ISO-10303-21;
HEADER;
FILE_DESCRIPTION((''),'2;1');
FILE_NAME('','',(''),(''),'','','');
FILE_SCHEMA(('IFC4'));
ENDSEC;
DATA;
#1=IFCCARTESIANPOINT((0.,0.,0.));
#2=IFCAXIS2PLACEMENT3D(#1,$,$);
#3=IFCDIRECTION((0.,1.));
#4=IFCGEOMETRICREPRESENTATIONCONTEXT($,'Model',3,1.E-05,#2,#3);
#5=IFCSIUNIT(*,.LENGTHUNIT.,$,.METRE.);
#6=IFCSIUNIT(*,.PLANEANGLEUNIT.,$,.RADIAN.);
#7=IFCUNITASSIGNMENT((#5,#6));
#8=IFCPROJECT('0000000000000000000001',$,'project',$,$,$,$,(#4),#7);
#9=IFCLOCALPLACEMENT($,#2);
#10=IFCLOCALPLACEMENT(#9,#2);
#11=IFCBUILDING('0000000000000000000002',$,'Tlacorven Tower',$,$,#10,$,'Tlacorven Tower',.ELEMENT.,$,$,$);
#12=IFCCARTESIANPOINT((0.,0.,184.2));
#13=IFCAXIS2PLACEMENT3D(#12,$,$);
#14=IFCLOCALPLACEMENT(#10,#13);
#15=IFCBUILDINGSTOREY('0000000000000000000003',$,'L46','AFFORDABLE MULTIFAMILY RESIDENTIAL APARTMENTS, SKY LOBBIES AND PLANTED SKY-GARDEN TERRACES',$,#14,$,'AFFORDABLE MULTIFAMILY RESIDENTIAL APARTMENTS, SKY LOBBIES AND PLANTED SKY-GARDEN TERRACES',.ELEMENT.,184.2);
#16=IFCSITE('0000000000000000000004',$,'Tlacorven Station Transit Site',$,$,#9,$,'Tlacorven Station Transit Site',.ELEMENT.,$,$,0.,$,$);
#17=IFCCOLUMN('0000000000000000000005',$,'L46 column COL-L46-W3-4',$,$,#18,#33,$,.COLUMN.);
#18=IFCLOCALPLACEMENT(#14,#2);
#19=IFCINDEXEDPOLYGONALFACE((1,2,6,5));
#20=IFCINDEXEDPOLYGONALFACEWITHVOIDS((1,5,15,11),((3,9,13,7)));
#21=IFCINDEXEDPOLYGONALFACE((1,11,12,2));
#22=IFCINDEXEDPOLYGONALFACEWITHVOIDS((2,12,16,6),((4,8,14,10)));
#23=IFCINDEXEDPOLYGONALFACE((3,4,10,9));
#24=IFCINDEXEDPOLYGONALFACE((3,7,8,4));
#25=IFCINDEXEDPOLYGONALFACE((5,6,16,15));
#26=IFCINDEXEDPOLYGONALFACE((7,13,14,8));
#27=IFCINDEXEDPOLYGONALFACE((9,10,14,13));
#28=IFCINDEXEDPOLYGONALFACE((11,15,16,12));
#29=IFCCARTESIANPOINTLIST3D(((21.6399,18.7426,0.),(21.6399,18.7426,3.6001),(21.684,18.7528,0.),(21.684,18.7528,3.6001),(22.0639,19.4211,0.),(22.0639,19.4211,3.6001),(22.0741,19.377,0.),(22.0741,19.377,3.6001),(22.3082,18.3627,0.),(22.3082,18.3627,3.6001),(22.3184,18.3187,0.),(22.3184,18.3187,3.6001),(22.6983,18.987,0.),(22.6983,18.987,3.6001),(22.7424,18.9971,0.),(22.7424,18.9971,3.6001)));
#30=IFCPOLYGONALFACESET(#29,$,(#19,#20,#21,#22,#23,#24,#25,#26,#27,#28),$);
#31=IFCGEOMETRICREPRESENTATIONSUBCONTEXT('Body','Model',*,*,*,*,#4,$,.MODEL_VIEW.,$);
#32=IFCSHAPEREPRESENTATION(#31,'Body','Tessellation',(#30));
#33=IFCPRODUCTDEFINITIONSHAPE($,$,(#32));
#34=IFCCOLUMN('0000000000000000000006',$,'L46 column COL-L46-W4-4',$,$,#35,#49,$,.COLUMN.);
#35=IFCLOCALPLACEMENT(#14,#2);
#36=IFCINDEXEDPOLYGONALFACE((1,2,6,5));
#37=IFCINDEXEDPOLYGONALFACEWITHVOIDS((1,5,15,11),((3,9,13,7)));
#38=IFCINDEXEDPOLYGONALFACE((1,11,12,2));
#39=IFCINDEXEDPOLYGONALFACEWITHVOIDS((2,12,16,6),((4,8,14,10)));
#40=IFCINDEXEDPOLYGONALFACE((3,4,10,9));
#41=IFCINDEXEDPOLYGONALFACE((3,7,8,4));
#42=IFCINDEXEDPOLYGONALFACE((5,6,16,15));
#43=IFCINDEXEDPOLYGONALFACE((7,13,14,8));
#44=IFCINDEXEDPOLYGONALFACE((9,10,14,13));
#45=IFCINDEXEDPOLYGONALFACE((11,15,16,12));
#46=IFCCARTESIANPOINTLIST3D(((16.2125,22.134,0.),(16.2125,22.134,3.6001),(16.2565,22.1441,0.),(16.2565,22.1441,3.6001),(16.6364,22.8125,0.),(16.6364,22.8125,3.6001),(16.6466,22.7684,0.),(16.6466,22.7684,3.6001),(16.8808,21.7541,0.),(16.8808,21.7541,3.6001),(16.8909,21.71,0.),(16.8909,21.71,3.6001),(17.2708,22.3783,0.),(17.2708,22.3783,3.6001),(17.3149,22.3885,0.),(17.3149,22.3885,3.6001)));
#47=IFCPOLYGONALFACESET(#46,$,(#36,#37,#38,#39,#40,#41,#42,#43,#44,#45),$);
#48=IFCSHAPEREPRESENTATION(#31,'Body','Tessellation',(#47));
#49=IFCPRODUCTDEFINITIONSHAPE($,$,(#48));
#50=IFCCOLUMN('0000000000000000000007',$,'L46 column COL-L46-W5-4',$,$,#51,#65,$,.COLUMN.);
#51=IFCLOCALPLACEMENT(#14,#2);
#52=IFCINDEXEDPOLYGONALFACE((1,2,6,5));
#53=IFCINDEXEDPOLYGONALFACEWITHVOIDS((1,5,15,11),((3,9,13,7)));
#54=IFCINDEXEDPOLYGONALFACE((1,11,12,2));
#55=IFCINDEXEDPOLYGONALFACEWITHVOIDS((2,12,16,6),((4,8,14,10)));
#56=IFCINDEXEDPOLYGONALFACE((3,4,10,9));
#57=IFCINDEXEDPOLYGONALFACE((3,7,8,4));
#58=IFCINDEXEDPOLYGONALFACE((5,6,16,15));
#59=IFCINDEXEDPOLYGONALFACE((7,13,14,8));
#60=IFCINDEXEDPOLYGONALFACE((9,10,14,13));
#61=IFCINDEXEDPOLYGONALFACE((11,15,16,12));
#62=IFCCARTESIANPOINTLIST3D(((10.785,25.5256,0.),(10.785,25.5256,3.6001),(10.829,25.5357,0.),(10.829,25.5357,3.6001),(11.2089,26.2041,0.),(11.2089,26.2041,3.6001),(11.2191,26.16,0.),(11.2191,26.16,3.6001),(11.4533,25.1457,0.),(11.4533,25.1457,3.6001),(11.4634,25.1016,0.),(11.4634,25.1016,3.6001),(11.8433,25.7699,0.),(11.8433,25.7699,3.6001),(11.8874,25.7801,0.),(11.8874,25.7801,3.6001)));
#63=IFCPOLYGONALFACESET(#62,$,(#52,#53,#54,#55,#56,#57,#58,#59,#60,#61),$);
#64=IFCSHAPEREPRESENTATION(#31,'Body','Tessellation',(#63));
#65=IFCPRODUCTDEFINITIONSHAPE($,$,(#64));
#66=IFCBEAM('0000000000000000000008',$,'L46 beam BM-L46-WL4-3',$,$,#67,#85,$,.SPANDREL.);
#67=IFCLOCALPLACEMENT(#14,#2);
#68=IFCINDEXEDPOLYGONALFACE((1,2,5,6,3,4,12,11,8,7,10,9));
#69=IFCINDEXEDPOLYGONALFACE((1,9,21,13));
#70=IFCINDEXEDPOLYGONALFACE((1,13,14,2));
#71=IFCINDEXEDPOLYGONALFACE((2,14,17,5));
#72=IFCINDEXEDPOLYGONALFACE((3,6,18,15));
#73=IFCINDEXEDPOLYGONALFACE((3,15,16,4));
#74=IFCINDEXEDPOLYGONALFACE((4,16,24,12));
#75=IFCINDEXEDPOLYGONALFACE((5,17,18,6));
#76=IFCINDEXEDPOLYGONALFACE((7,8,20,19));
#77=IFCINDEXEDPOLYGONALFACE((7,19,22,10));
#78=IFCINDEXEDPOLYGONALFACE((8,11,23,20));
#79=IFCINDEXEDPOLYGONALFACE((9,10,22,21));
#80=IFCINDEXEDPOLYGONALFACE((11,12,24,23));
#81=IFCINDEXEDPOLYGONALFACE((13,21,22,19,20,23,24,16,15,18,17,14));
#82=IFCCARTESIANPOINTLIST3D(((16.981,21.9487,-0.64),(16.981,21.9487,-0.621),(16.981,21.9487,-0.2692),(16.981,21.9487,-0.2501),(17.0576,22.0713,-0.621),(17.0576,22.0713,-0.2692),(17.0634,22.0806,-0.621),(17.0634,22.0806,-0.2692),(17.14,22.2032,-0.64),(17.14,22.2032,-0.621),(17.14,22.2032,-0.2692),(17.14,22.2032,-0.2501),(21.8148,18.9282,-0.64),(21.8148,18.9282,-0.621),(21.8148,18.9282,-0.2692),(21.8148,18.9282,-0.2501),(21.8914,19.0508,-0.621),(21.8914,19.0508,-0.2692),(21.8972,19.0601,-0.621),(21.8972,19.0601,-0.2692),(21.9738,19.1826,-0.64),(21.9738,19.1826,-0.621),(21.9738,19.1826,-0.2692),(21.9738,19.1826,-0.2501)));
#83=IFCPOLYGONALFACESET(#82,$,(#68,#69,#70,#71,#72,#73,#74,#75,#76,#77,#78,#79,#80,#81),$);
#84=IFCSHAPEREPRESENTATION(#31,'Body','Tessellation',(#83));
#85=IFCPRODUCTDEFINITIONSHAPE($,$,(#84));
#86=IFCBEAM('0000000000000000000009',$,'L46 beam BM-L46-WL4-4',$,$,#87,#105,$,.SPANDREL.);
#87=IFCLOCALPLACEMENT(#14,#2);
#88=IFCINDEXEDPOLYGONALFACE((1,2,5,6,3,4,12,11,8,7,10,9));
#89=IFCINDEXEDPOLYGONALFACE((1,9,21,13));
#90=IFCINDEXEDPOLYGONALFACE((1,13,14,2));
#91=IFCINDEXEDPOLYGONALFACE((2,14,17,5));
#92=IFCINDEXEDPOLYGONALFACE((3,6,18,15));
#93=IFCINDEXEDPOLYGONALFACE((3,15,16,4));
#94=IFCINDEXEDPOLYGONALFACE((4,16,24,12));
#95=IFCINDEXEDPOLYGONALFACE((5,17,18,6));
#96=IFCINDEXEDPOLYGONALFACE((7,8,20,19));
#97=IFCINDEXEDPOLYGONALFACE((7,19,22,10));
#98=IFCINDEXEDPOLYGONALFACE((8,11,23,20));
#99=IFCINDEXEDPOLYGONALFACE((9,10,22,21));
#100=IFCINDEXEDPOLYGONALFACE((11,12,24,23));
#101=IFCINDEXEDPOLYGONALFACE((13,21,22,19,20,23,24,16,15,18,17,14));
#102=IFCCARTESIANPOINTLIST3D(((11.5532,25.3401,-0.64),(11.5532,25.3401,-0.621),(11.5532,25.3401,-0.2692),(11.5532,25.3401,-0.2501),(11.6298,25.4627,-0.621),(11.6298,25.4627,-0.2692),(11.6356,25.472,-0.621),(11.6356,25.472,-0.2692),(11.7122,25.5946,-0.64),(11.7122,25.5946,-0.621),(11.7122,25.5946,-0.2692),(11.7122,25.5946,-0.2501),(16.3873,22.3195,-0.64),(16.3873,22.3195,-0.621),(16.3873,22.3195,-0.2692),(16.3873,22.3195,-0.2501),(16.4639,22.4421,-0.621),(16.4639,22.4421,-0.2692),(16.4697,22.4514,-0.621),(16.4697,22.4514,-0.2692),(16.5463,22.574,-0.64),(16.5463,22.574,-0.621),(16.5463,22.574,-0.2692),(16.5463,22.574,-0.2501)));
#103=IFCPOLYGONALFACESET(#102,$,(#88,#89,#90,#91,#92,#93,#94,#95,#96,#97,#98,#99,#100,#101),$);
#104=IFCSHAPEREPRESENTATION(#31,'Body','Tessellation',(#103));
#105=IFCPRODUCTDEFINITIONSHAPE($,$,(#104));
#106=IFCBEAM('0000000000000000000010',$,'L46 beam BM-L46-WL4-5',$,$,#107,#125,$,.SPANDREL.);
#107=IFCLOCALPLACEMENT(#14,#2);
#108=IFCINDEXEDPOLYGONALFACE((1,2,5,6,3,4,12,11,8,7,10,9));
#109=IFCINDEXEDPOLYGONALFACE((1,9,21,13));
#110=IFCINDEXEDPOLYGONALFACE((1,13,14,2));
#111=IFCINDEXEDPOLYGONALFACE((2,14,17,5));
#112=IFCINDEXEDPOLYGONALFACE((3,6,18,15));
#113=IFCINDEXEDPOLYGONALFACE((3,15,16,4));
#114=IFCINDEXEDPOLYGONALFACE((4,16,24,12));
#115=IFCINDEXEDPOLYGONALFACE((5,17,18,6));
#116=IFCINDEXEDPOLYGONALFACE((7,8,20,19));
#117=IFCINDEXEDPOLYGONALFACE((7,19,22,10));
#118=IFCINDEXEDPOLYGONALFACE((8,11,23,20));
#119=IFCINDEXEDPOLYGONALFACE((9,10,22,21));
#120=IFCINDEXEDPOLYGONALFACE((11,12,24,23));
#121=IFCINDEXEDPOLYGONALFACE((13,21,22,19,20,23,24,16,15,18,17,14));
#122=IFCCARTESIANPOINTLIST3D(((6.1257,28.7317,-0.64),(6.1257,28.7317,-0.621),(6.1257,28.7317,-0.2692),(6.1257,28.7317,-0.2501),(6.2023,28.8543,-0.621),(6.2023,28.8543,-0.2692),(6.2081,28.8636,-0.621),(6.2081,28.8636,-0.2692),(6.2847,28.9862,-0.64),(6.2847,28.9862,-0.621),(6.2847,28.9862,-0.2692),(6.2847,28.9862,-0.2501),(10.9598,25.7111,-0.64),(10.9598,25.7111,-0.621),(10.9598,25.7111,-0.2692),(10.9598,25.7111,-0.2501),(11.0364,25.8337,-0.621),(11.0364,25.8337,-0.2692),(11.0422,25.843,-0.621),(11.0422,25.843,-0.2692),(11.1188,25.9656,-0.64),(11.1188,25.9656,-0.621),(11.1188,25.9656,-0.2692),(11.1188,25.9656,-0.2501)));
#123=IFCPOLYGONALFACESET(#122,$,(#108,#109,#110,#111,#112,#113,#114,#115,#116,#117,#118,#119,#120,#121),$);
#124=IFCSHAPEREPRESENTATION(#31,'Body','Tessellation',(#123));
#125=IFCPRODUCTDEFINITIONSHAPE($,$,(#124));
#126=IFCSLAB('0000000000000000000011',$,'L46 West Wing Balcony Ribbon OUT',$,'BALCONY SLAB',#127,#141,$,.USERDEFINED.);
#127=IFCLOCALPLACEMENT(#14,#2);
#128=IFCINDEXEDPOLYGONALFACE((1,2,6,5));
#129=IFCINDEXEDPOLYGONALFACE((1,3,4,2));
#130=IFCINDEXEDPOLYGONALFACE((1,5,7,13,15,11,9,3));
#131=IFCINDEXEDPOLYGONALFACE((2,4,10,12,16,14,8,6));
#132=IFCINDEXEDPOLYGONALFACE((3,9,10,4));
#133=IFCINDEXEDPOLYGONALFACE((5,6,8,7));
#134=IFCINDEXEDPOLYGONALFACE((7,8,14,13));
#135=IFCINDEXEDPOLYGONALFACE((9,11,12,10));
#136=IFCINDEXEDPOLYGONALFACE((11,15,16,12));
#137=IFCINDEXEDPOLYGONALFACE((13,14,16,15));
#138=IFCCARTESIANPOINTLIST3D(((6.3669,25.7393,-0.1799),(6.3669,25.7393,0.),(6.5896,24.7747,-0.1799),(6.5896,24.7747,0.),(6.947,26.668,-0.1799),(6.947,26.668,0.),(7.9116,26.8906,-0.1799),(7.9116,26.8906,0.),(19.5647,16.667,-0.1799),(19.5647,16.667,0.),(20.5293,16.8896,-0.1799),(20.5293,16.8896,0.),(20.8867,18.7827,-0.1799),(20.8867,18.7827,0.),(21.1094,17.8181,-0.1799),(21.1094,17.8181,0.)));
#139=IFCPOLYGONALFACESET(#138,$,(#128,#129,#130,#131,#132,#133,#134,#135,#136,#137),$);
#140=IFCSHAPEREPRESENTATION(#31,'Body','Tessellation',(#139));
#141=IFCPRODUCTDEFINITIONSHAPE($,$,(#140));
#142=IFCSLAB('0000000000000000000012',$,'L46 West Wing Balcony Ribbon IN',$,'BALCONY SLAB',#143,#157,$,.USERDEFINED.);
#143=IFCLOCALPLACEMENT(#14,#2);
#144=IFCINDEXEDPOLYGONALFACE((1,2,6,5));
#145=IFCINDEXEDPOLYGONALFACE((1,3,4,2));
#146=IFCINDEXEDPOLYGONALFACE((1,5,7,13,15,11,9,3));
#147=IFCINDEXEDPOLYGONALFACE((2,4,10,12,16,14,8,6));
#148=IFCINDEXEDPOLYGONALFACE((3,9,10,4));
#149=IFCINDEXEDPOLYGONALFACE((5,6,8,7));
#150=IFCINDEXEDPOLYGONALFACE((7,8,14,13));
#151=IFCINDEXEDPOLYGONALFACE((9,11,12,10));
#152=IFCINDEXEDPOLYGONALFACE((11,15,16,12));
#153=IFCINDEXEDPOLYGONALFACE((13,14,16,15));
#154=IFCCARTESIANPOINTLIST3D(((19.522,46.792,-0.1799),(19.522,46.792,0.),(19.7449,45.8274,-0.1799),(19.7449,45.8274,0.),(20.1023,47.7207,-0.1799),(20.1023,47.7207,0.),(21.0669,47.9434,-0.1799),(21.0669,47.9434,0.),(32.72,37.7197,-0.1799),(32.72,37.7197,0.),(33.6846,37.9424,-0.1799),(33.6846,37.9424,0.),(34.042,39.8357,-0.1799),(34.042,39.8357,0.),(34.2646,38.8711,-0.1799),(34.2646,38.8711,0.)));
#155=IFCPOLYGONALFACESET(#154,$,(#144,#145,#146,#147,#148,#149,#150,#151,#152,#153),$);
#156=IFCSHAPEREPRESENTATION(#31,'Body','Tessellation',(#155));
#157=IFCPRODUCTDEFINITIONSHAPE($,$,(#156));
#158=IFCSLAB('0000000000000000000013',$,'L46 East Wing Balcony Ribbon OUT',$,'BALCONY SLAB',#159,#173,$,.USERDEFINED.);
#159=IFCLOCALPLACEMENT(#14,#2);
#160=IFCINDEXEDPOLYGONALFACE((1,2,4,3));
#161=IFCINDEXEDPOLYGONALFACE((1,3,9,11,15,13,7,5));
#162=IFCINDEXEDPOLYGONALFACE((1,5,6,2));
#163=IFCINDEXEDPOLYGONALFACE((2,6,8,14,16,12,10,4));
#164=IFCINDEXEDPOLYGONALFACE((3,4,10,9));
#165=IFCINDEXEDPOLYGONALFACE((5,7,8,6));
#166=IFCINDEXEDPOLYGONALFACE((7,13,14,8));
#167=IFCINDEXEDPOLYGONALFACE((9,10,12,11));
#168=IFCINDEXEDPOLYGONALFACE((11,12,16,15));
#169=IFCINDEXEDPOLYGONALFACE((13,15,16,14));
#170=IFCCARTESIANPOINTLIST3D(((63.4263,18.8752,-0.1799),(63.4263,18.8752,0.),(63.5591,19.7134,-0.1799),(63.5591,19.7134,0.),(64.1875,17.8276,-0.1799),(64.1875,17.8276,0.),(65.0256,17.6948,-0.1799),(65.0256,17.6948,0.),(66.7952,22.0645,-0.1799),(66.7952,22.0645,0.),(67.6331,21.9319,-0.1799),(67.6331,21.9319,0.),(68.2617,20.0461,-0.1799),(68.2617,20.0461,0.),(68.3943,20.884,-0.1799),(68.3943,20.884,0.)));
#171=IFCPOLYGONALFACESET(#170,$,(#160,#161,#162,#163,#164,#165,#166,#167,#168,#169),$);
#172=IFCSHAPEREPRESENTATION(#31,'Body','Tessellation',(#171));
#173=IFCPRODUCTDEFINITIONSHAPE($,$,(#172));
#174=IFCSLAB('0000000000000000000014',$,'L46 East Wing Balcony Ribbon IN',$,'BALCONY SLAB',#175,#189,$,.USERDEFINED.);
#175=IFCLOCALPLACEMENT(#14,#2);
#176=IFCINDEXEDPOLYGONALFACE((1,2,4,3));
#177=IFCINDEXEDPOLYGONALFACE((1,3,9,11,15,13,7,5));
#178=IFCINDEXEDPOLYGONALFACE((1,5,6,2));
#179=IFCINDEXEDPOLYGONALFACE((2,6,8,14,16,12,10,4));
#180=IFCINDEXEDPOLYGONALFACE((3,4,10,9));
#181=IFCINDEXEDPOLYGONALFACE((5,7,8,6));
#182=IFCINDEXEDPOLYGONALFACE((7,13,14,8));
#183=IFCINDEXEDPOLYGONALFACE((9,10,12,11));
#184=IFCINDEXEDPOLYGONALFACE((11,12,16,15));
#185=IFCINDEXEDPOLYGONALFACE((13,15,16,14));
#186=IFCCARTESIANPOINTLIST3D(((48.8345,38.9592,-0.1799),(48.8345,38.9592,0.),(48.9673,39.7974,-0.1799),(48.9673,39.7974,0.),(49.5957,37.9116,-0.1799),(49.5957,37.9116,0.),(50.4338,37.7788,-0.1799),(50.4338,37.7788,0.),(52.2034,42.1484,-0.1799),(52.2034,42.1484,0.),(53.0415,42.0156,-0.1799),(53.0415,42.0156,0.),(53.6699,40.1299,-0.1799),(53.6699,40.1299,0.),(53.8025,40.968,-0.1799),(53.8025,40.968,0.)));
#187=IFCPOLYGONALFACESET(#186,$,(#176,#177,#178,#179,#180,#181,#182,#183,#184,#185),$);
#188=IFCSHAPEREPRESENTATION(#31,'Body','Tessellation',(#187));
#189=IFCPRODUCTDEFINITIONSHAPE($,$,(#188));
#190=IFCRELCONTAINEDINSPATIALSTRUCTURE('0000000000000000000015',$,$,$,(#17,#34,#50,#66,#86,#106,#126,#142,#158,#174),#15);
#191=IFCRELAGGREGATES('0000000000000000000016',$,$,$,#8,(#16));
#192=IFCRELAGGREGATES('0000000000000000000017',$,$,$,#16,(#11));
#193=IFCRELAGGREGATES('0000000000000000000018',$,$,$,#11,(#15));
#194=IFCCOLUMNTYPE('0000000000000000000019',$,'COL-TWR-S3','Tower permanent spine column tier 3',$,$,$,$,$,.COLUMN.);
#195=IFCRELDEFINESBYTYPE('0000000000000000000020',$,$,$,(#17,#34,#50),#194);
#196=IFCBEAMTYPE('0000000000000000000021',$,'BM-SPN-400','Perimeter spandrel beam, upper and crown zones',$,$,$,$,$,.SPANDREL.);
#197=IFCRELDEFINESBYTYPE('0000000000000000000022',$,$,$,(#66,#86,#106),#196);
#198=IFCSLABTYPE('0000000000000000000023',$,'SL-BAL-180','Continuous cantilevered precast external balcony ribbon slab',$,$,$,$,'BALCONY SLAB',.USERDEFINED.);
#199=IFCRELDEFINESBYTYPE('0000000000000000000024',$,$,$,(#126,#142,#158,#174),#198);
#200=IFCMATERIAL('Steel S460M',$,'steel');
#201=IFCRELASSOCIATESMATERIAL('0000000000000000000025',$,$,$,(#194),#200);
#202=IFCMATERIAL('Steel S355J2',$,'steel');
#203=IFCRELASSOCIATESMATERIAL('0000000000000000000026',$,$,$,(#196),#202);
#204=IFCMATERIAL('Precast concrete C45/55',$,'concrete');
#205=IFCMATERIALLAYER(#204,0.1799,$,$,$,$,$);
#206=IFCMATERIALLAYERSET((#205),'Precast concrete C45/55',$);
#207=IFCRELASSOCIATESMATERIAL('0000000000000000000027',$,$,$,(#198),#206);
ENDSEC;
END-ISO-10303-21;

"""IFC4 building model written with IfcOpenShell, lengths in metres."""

from ifc_helpers import new_model, si_unit, direction, frame, origin, origin_2d, place, context, subcontext, project, spatial, polyline, hollow_rectangle, i_section, outline, extrude, source, transform, mapped, material, layer, layer_set, material_profile, profile_set, type_object, element, save


model = new_model("IFC4")

# Units and contexts
model_context = context("Model", 3, precision=1e-05, world=origin(), true_north=direction((0.0, 1.0)))
body_context = subcontext(model_context, "Body", "Model", "MODEL_VIEW")
ifc_project = project(units=[si_unit("LENGTHUNIT", "METRE"), si_unit("PLANEANGLEUNIT", "RADIAN")], contexts=[model_context])

# Site, building, storey
site_placement = place(None, origin())
site = spatial("IfcSite", under=ifc_project, at=site_placement, Name="Tlacorven Station Transit Site", LongName="Tlacorven Station Transit Site", CompositionType="ELEMENT", RefElevation=0.0)
building_placement = place(site_placement, origin())
building = spatial("IfcBuilding", under=site, at=building_placement, Name="Tlacorven Tower", LongName="Tlacorven Tower", CompositionType="ELEMENT")
storey_placement = place(building_placement, frame((0.0, 0.0, 184.2)))
storey = spatial("IfcBuildingStorey", under=building, at=storey_placement, Name="L46", Description="AFFORDABLE MULTIFAMILY RESIDENTIAL APARTMENTS, SKY LOBBIES AND PLANTED SKY-GARDEN TERRACES", LongName="AFFORDABLE MULTIFAMILY RESIDENTIAL APARTMENTS, SKY LOBBIES AND PLANTED SKY-GARDEN TERRACES", CompositionType="ELEMENT", Elevation=184.2)

# Columns
ifc_material_1 = material(Name="Steel S460M", Category="steel")
ifc_material_profile_1 = material_profile(ifc_material_1, hollow_rectangle(XDim=0.8, YDim=0.8, WallThickness=0.032, at=origin_2d()), Name="BOX 800X800X32")
ifc_profile_set_1 = profile_set([ifc_material_profile_1], Name="Steel S460M")
column_type = type_object("IfcColumnType", Name="COL-TWR-S3", Description="Tower permanent spine column tier 3", PredefinedType="COLUMN", material=ifc_profile_set_1)
shared_shape_1 = source(origin(), body_context, "Body", "SweptSolid", [
    extrude(hollow_rectangle(XDim=0.8, YDim=0.8, WallThickness=0.032, at=origin_2d()), origin(), (0.0, 0.0, 1.0), 3.6001),
])
for number, where, z_axis, x_axis, name in (
    (1, (22.1912, 18.8699, 0.0), (0.0, 0.0, 1.0), (-0.848048, 0.529919, 0.0), "L46 column COL-L46-W3-4"),
    (2, (16.7637, 22.2612, 0.0), (0.0, 0.0, 1.0), (-0.848048, 0.529919, 0.0), "L46 column COL-L46-W4-4"),
    (3, (11.3362, 25.6528, 0.0), (0.0, 0.0, 1.0), (-0.848048, 0.529919, 0.0), "L46 column COL-L46-W5-4"),
):
    element("IfcColumn", number, at=place(storey_placement, frame(where, z_axis=z_axis, x_axis=x_axis)), inside=storey, type_object=column_type, Name=name, PredefinedType="COLUMN", context=body_context, shape_type="MappedRepresentation", body=[
        mapped(shared_shape_1, transform((0.0, 0.0, 0.0), scale=1.0)),
    ])

# Beams
ifc_material_2 = material(Name="Steel S355J2", Category="steel")
ifc_material_profile_2 = material_profile(ifc_material_2, i_section(OverallWidth=0.3, OverallDepth=0.3899, WebThickness=0.011, FlangeThickness=0.019, at=origin_2d()), Name="HEA 400")
ifc_profile_set_2 = profile_set([ifc_material_profile_2], Name="Steel S355J2")
beam_type = type_object("IfcBeamType", Name="BM-SPN-400", Description="Perimeter spandrel beam, upper and crown zones", PredefinedType="SPANDREL", material=ifc_profile_set_2)
shared_shape_2 = source(origin(), body_context, "Body", "SweptSolid", [
    extrude(i_section(OverallWidth=0.3, OverallDepth=0.3899, WebThickness=0.011, FlangeThickness=0.019, at=origin_2d()), origin(), (0.0, 0.0, 1.0), 5.7),
])
beam_placement = place(storey_placement, frame((21.8943, 19.0554, -0.4451), z_axis=(-0.848044, 0.529926, 0.0), x_axis=(-0.529926, -0.848044, 0.0)))
element("IfcBeam", 4, at=beam_placement, inside=storey, type_object=beam_type, Name="L46 beam BM-L46-WL4-3", PredefinedType="SPANDREL", context=body_context, shape_type="MappedRepresentation", body=[
    mapped(shared_shape_2, transform((0.0, 0.0, 0.0), scale=1.0)),
])
shared_shape_3 = source(origin(), body_context, "Body", "SweptSolid", [
    extrude(i_section(OverallWidth=0.3, OverallDepth=0.3899, WebThickness=0.011, FlangeThickness=0.019, at=origin_2d()), origin(), (0.0, 0.0, 1.0), 5.7002),
])
for number, where, z_axis, x_axis, name in (
    (5, (16.4668, 22.4468, -0.4451), (-0.848056, 0.529907, 0.0), (-0.529907, -0.848056, 0.0), "L46 beam BM-L46-WL4-4"),
    (6, (11.0393, 25.8384, -0.4451), (-0.848056, 0.529907, 0.0), (-0.529907, -0.848056, 0.0), "L46 beam BM-L46-WL4-5"),
):
    element("IfcBeam", number, at=place(storey_placement, frame(where, z_axis=z_axis, x_axis=x_axis)), inside=storey, type_object=beam_type, Name=name, PredefinedType="SPANDREL", context=body_context, shape_type="MappedRepresentation", body=[
        mapped(shared_shape_3, transform((0.0, 0.0, 0.0), scale=1.0)),
    ])

# Slabs
ifc_material_3 = material(Name="Precast concrete C45/55", Category="concrete")
ifc_layer_1 = layer(ifc_material_3, 0.1799)
ifc_layer_set_1 = layer_set([ifc_layer_1], Name="Precast concrete C45/55")
slab_type_1 = type_object("IfcSlabType", Name="SL-BAL-180", Description="Continuous cantilevered precast external balcony ribbon slab", ElementType="BALCONY SLAB", PredefinedType="USERDEFINED", material=ifc_layer_set_1)
slab_1_placement = place(storey_placement, frame((0.0, 0.0, -0.1799)))
element("IfcSlab", 7, at=slab_1_placement, inside=storey, type_object=slab_type_1, Name="L46 West Wing Balcony Ribbon OUT", ObjectType="BALCONY SLAB", PredefinedType="USERDEFINED", context=body_context, shape_type="SweptSolid", body=[
    extrude(outline(polyline([(20.8867, 18.7827), (7.9116, 26.8906), (6.947, 26.668), (6.3669, 25.7393), (6.5896, 24.7747), (19.5647, 16.667), (20.5293, 16.8896), (21.1094, 17.8181), (20.8867, 18.7827)])), origin(), (0.0, 0.0, 1.0), 0.1799),
])
slab_2_placement = place(storey_placement, frame((0.0, 0.0, -0.1799)))
element("IfcSlab", 8, at=slab_2_placement, inside=storey, type_object=slab_type_1, Name="L46 West Wing Balcony Ribbon IN", ObjectType="BALCONY SLAB", PredefinedType="USERDEFINED", context=body_context, shape_type="SweptSolid", body=[
    extrude(outline(polyline([(34.042, 39.8357), (21.0669, 47.9434), (20.1023, 47.7207), (19.522, 46.792), (19.7449, 45.8274), (32.72, 37.7197), (33.6846, 37.9424), (34.2646, 38.8711), (34.042, 39.8357)])), origin(), (0.0, 0.0, 1.0), 0.1799),
])
slab_3_placement = place(storey_placement, frame((0.0, 0.0, -0.1799)))
element("IfcSlab", 9, at=slab_3_placement, inside=storey, type_object=slab_type_1, Name="L46 East Wing Balcony Ribbon OUT", ObjectType="BALCONY SLAB", PredefinedType="USERDEFINED", context=body_context, shape_type="SweptSolid", body=[
    extrude(outline(polyline([(65.0256, 17.6948), (68.2617, 20.0461), (68.3943, 20.884), (67.6331, 21.9319), (66.7952, 22.0645), (63.5591, 19.7134), (63.4263, 18.8752), (64.1875, 17.8276), (65.0256, 17.6948)])), origin(), (0.0, 0.0, 1.0), 0.1799),
])
slab_4_placement = place(storey_placement, frame((0.0, 0.0, -0.1799)))
element("IfcSlab", 10, at=slab_4_placement, inside=storey, type_object=slab_type_1, Name="L46 East Wing Balcony Ribbon IN", ObjectType="BALCONY SLAB", PredefinedType="USERDEFINED", context=body_context, shape_type="SweptSolid", body=[
    extrude(outline(polyline([(50.4338, 37.7788), (53.6699, 40.1299), (53.8025, 40.968), (53.0415, 42.0156), (52.2034, 42.1484), (48.9673, 39.7974), (48.8345, 38.9592), (49.5957, 37.9116), (50.4338, 37.7788)])), origin(), (0.0, 0.0, 1.0), 0.1799),
])

save(model, "model.ifc")
